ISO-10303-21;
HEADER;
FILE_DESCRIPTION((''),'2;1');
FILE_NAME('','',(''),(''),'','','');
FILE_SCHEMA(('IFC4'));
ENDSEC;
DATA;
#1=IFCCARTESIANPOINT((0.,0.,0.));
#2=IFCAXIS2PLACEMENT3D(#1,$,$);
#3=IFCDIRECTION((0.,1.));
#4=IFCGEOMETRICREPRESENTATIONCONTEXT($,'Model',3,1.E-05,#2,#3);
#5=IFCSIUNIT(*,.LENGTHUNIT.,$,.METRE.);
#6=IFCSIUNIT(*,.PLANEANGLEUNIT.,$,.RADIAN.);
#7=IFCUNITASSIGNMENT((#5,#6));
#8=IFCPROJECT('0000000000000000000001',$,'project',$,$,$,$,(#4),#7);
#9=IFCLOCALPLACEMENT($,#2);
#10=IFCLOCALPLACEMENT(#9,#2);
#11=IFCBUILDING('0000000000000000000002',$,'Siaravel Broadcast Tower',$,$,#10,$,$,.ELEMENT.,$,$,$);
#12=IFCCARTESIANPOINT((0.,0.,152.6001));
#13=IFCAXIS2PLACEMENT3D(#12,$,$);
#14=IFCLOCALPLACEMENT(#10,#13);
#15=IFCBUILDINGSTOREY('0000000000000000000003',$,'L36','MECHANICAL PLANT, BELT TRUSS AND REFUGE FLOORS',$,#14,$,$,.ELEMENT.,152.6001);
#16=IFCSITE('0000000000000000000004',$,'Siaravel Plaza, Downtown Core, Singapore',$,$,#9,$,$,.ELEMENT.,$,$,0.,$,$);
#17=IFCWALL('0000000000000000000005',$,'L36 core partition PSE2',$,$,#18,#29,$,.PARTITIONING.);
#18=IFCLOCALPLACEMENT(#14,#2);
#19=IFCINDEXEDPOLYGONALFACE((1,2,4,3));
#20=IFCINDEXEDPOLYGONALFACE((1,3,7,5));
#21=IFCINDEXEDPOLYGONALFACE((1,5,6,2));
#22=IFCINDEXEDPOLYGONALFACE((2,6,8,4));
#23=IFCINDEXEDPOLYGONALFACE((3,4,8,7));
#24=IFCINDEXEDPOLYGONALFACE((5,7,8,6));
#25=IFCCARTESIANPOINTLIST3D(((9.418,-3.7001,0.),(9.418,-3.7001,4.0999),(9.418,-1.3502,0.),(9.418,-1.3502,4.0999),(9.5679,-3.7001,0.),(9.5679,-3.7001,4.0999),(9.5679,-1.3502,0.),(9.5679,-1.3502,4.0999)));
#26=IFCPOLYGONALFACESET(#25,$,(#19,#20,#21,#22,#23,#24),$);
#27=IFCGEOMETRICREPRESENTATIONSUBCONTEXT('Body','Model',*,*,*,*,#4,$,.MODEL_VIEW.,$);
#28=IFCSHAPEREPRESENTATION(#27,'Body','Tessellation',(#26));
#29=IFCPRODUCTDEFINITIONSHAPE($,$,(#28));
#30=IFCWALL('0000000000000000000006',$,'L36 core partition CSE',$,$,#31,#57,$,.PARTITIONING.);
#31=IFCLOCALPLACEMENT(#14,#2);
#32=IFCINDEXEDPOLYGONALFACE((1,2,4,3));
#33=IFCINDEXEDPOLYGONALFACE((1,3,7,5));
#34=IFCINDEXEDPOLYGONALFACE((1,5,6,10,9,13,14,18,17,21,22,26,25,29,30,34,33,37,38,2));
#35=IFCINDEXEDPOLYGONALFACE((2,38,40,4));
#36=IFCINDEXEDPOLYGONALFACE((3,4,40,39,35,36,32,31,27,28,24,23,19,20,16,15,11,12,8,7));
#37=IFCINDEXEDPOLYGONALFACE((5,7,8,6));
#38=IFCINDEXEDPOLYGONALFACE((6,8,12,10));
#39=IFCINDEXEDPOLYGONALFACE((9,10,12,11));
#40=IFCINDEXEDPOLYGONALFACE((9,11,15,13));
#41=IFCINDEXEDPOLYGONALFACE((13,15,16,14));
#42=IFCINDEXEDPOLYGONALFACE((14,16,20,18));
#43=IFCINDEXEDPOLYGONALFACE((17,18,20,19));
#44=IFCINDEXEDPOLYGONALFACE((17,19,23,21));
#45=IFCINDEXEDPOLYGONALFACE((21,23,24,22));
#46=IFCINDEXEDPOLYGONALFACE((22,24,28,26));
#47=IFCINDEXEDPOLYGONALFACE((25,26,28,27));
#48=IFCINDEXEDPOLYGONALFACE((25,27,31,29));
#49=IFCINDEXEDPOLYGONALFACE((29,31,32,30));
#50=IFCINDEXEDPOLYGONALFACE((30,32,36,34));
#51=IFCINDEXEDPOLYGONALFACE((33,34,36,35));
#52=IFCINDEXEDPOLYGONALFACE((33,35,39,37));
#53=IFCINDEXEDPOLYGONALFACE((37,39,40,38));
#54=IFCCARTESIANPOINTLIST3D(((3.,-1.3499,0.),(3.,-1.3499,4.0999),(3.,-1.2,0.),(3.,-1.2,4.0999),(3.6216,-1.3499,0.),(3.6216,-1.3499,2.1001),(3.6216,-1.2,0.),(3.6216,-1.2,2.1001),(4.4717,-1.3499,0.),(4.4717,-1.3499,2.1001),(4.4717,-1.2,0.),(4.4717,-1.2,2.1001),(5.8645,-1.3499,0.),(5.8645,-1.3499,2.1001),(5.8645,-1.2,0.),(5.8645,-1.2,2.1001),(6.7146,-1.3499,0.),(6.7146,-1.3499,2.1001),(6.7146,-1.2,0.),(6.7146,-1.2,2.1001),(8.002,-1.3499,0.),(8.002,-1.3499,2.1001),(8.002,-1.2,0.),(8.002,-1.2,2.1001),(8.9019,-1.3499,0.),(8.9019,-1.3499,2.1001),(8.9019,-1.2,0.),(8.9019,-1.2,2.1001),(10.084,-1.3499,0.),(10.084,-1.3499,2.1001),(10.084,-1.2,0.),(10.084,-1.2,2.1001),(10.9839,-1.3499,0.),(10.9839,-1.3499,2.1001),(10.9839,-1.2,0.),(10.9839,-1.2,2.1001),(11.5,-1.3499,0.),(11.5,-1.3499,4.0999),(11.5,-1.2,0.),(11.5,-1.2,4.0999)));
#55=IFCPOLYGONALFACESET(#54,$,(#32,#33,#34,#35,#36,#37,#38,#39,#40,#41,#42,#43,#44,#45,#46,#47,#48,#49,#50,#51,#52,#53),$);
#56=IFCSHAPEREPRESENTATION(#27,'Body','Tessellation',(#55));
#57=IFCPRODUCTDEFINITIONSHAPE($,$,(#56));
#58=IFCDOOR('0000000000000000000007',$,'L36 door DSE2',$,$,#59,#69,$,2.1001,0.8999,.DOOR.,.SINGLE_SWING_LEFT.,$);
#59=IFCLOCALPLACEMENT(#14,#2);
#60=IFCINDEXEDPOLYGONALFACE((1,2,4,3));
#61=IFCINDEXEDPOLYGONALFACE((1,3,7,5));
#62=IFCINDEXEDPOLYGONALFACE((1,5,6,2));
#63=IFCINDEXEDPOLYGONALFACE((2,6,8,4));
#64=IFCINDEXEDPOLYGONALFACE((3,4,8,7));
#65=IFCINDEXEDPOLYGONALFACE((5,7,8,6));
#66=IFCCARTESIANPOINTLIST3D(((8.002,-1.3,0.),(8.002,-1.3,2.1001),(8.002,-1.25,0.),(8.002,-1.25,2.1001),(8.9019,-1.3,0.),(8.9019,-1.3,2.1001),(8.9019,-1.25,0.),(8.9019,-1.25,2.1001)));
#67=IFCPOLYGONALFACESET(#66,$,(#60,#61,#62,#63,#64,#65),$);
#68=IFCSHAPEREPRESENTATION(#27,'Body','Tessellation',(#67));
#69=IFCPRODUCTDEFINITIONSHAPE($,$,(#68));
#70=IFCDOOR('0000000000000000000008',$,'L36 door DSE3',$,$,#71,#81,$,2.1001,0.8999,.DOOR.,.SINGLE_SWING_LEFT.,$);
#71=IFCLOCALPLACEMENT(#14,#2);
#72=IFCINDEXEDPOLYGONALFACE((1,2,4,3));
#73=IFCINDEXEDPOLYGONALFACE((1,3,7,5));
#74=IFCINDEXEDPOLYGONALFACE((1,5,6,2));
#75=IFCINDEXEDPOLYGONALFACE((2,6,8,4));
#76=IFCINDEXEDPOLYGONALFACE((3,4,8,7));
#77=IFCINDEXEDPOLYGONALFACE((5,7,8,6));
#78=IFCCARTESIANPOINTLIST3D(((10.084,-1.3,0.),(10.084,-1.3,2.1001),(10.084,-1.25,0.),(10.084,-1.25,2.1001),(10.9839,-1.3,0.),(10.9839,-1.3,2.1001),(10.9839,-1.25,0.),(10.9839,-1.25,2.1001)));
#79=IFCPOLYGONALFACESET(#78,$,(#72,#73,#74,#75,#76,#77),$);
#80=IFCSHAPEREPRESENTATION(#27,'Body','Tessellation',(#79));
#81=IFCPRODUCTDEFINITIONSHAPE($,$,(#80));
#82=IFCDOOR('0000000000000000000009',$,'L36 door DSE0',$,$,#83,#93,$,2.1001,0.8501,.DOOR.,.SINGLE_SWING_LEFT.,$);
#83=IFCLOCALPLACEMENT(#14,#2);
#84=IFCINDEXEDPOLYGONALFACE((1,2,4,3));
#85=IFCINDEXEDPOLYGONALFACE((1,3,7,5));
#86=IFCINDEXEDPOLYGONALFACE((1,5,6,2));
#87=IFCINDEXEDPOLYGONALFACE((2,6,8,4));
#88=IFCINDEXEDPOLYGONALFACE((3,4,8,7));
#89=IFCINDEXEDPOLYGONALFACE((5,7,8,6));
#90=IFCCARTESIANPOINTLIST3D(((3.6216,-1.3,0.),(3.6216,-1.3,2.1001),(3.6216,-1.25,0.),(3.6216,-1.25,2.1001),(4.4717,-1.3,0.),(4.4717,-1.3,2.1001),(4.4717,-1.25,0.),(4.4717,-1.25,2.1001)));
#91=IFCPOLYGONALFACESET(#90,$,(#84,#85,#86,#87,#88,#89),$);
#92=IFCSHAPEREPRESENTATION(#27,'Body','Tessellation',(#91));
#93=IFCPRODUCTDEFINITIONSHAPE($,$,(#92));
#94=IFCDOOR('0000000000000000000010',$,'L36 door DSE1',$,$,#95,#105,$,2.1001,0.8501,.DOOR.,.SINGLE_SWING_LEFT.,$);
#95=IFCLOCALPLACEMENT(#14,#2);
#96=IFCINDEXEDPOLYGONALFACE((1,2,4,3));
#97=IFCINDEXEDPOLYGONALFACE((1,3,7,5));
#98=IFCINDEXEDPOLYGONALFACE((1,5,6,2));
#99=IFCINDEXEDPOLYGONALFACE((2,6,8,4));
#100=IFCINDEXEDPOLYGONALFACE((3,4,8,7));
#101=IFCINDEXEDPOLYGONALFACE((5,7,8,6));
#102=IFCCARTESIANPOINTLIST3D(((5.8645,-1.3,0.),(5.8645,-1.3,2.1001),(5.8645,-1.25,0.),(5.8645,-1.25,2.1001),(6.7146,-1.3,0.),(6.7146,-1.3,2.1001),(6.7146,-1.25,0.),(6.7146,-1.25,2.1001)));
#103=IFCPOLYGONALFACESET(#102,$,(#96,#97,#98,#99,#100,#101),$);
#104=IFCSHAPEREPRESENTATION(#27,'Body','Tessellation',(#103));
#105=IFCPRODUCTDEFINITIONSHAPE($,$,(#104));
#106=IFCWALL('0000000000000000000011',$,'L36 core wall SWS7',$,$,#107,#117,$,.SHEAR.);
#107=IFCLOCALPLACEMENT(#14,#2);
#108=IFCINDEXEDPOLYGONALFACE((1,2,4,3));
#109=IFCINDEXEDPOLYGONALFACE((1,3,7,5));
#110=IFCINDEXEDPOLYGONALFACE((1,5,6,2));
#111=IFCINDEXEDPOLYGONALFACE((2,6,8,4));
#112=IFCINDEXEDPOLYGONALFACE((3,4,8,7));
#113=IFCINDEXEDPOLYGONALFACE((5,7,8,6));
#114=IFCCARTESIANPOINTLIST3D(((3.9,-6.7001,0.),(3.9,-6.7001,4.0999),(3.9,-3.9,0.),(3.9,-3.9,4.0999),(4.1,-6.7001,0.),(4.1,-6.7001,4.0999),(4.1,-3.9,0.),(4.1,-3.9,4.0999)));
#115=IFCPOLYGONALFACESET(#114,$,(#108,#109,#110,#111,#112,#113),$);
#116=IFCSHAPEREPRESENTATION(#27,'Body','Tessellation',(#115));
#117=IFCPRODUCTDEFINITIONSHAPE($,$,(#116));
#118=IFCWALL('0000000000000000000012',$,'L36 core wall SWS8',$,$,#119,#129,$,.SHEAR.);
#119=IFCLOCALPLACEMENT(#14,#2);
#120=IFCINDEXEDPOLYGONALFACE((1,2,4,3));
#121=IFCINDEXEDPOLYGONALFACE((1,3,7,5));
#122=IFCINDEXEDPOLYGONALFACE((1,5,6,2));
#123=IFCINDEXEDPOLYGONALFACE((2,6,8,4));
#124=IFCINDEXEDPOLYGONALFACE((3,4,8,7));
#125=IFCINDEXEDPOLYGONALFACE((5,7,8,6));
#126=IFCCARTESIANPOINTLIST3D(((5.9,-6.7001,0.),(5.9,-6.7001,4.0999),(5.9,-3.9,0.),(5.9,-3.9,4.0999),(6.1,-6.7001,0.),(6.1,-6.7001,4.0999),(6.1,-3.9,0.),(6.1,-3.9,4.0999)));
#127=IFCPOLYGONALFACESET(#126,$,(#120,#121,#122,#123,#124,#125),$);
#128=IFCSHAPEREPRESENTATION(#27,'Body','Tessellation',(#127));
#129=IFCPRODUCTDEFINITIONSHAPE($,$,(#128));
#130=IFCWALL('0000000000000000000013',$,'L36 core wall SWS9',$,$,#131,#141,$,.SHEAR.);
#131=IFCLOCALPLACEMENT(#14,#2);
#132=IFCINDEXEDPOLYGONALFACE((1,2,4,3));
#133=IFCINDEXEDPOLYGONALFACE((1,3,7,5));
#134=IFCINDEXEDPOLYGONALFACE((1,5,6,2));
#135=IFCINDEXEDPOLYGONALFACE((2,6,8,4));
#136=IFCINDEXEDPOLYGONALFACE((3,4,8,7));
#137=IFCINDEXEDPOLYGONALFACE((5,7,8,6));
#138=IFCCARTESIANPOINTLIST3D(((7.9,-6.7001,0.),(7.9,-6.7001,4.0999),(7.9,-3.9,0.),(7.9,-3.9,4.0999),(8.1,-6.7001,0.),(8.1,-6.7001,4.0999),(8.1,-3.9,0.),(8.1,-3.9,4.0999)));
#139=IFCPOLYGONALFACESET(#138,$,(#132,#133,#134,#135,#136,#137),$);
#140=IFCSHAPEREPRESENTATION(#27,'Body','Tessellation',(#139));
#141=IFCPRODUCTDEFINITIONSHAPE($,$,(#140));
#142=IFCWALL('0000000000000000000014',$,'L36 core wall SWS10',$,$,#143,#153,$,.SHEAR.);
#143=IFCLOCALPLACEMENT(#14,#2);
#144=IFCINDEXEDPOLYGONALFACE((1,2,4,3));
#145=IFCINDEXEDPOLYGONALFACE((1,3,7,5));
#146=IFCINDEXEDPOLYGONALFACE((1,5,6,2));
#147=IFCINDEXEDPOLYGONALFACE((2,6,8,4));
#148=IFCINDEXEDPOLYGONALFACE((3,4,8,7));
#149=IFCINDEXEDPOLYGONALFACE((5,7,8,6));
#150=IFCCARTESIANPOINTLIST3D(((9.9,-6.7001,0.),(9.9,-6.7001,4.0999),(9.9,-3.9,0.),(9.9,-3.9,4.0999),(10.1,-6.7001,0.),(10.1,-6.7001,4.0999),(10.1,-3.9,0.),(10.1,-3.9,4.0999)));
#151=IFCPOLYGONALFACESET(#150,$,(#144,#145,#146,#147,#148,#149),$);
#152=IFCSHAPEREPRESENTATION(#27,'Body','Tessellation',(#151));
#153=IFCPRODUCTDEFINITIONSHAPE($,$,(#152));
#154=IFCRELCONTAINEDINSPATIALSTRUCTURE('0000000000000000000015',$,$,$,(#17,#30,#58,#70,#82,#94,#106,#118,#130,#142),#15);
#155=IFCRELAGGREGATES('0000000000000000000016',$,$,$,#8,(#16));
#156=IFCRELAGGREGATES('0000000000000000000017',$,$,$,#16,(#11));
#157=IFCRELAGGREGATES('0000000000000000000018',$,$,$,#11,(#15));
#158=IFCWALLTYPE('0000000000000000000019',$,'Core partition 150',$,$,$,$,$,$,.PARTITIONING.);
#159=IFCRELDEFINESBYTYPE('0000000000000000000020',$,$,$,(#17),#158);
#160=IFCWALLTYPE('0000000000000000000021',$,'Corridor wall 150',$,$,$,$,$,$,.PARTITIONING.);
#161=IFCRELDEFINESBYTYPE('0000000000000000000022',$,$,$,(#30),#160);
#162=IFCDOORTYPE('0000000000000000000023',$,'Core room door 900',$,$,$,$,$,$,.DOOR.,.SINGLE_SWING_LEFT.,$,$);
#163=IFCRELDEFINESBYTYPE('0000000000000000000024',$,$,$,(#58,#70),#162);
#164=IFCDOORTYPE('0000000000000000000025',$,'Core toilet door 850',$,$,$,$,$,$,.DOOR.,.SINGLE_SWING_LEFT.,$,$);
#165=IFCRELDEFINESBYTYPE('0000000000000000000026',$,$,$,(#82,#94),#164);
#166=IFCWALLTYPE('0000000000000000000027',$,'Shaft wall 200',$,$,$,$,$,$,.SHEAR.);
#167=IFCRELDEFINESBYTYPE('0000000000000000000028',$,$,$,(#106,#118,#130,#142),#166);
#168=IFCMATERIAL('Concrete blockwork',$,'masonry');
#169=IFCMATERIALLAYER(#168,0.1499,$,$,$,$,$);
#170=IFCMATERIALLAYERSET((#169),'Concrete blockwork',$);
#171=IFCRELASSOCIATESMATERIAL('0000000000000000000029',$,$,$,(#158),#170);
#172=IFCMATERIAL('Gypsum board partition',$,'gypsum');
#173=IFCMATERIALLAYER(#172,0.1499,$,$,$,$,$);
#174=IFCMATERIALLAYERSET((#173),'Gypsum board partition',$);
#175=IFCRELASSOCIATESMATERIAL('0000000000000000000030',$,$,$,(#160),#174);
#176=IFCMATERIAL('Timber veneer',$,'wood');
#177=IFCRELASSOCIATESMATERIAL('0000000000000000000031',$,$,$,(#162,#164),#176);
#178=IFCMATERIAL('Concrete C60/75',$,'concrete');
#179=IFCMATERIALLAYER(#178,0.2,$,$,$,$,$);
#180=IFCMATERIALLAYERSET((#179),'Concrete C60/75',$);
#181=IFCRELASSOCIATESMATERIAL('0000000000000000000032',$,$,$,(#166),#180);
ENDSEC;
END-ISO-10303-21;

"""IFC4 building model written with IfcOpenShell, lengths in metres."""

from ifc_helpers import new_model, si_unit, direction, frame, frame_2d, origin, place, context, subcontext, project, spatial, rectangle, extrude, material, layer, layer_set, type_object, element, fill, save


model = new_model("IFC4")

# Units and contexts
model_context = context("Model", 3, precision=1e-05, world=origin(), true_north=direction((0.0, 1.0)))
body_context = subcontext(model_context, "Body", "Model", "MODEL_VIEW")
ifc_project = project(units=[si_unit("LENGTHUNIT", "METRE"), si_unit("PLANEANGLEUNIT", "RADIAN")], contexts=[model_context])

# Site, building, storey
site_placement = place(None, origin())
site = spatial("IfcSite", under=ifc_project, at=site_placement, Name="Siaravel Plaza, Downtown Core, Singapore", CompositionType="ELEMENT", RefElevation=0.0)
building_placement = place(site_placement, origin())
building = spatial("IfcBuilding", under=site, at=building_placement, Name="Siaravel Broadcast Tower", CompositionType="ELEMENT")
storey_placement = place(building_placement, frame((0.0, 0.0, 152.6001)))
storey = spatial("IfcBuildingStorey", under=building, at=storey_placement, Name="L36", Description="MECHANICAL PLANT, BELT TRUSS AND REFUGE FLOORS", CompositionType="ELEMENT", Elevation=152.6001)

# Wall
ifc_material_1 = material(Name="Concrete blockwork", Category="masonry")
ifc_layer_1 = layer(ifc_material_1, 0.1499)
ifc_layer_set_1 = layer_set([ifc_layer_1], Name="Concrete blockwork")
wall_type_1 = type_object("IfcWallType", Name="Core partition 150", PredefinedType="PARTITIONING", material=ifc_layer_set_1)
for number, where, z_axis, x_axis, name in (
    (1, (9.4929, -3.7, 0.0), (0.0, 0.0, 1.0), (0.0, 1.0, 0.0), "L36 core partition PSE2"),
):
    element("IfcWall", number, at=place(storey_placement, frame(where, z_axis=z_axis, x_axis=x_axis)), inside=storey, type_object=wall_type_1, Name=name, PredefinedType="PARTITIONING", context=body_context, shape_type="SweptSolid", body=[
        extrude(rectangle(XDim=2.3499, YDim=0.1499, at=frame_2d((1.1748, 0.0))), origin(), (0.0, 0.0, 1.0), 4.0999),
    ])

# Wall, openings, doors
ifc_material_2 = material(Name="Gypsum board partition", Category="gypsum")
ifc_layer_2 = layer(ifc_material_2, 0.1499)
ifc_layer_set_2 = layer_set([ifc_layer_2], Name="Gypsum board partition")
wall_type_2 = type_object("IfcWallType", Name="Corridor wall 150", PredefinedType="PARTITIONING", material=ifc_layer_set_2)
wall_1_placement = place(storey_placement, frame((3.0, -1.2749, 0.0), z_axis=(0.0, 0.0, 1.0), x_axis=(1.0, 0.0, 0.0)))
wall_1 = element("IfcWall", 2, at=wall_1_placement, inside=storey, type_object=wall_type_2, Name="L36 core partition CSE", PredefinedType="PARTITIONING", context=body_context, shape_type="SweptSolid", body=[
    extrude(rectangle(XDim=8.5, YDim=0.1499, at=frame_2d((4.25, 0.0))), origin(), (0.0, 0.0, 1.0), 4.0999),
])
opening_1_placement = place(wall_1_placement, frame((0.6216, 0.0, 0.0)))
opening_1 = element("IfcOpeningElement", 3, at=opening_1_placement, cuts=wall_1, PredefinedType="OPENING", context=body_context, shape_type="SweptSolid", body=[
    extrude(rectangle(XDim=0.8501, YDim=2.1001, at=frame_2d((0.425, 1.05))), frame((0.0, 0.085, 0.0), z_axis=(0.0, -1.0, 0.0), x_axis=(1.0, 0.0, 0.0)), (0.0, 0.0, 1.0), 0.1699),
])
opening_2_placement = place(wall_1_placement, frame((2.8645, 0.0, 0.0)))
opening_2 = element("IfcOpeningElement", 4, at=opening_2_placement, cuts=wall_1, PredefinedType="OPENING", context=body_context, shape_type="SweptSolid", body=[
    extrude(rectangle(XDim=0.8501, YDim=2.1001, at=frame_2d((0.425, 1.05))), frame((0.0, 0.085, 0.0), z_axis=(0.0, -1.0, 0.0), x_axis=(1.0, 0.0, 0.0)), (0.0, 0.0, 1.0), 0.1699),
])
opening_3_placement = place(wall_1_placement, frame((5.002, 0.0, 0.0)))
opening_3 = element("IfcOpeningElement", 5, at=opening_3_placement, cuts=wall_1, PredefinedType="OPENING", context=body_context, shape_type="SweptSolid", body=[
    extrude(rectangle(XDim=0.8999, YDim=2.1001, at=frame_2d((0.45, 1.05))), frame((0.0, 0.085, 0.0), z_axis=(0.0, -1.0, 0.0), x_axis=(1.0, 0.0, 0.0)), (0.0, 0.0, 1.0), 0.1699),
])
opening_4_placement = place(wall_1_placement, frame((7.084, 0.0, 0.0)))
opening_4 = element("IfcOpeningElement", 6, at=opening_4_placement, cuts=wall_1, PredefinedType="OPENING", context=body_context, shape_type="SweptSolid", body=[
    extrude(rectangle(XDim=0.8999, YDim=2.1001, at=frame_2d((0.45, 1.05))), frame((0.0, 0.085, 0.0), z_axis=(0.0, -1.0, 0.0), x_axis=(1.0, 0.0, 0.0)), (0.0, 0.0, 1.0), 0.1699),
])
ifc_material_3 = material(Name="Timber veneer", Category="wood")
door_type_1 = type_object("IfcDoorType", Name="Core room door 900", OperationType="SINGLE_SWING_LEFT", PredefinedType="DOOR", material=ifc_material_3)
door_1_placement = place(opening_3_placement, origin())
door_1 = element("IfcDoor", 7, at=door_1_placement, inside=storey, type_object=door_type_1, Name="L36 door DSE2", OperationType="SINGLE_SWING_LEFT", OverallHeight=2.1001, OverallWidth=0.8999, PredefinedType="DOOR", context=body_context, shape_type="SweptSolid", body=[
    extrude(rectangle(XDim=0.8999, YDim=2.1001, at=frame_2d((0.45, 1.05))), frame((0.0, 0.0249, 0.0), z_axis=(0.0, -1.0, 0.0), x_axis=(1.0, 0.0, 0.0)), (0.0, 0.0, 1.0), 0.05),
])
fill(opening_3, door_1)
door_2_placement = place(opening_4_placement, origin())
door_2 = element("IfcDoor", 8, at=door_2_placement, inside=storey, type_object=door_type_1, Name="L36 door DSE3", OperationType="SINGLE_SWING_LEFT", OverallHeight=2.1001, OverallWidth=0.8999, PredefinedType="DOOR", context=body_context, shape_type="SweptSolid", body=[
    extrude(rectangle(XDim=0.8999, YDim=2.1001, at=frame_2d((0.45, 1.05))), frame((0.0, 0.0249, 0.0), z_axis=(0.0, -1.0, 0.0), x_axis=(1.0, 0.0, 0.0)), (0.0, 0.0, 1.0), 0.05),
])
fill(opening_4, door_2)
door_type_2 = type_object("IfcDoorType", Name="Core toilet door 850", OperationType="SINGLE_SWING_LEFT", PredefinedType="DOOR", material=ifc_material_3)
door_3_placement = place(opening_1_placement, origin())
door_3 = element("IfcDoor", 9, at=door_3_placement, inside=storey, type_object=door_type_2, Name="L36 door DSE0", OperationType="SINGLE_SWING_LEFT", OverallHeight=2.1001, OverallWidth=0.8501, PredefinedType="DOOR", context=body_context, shape_type="SweptSolid", body=[
    extrude(rectangle(XDim=0.8501, YDim=2.1001, at=frame_2d((0.425, 1.05))), frame((0.0, 0.0249, 0.0), z_axis=(0.0, -1.0, 0.0), x_axis=(1.0, 0.0, 0.0)), (0.0, 0.0, 1.0), 0.05),
])
fill(opening_1, door_3)
door_4_placement = place(opening_2_placement, origin())
door_4 = element("IfcDoor", 10, at=door_4_placement, inside=storey, type_object=door_type_2, Name="L36 door DSE1", OperationType="SINGLE_SWING_LEFT", OverallHeight=2.1001, OverallWidth=0.8501, PredefinedType="DOOR", context=body_context, shape_type="SweptSolid", body=[
    extrude(rectangle(XDim=0.8501, YDim=2.1001, at=frame_2d((0.425, 1.05))), frame((0.0, 0.0249, 0.0), z_axis=(0.0, -1.0, 0.0), x_axis=(1.0, 0.0, 0.0)), (0.0, 0.0, 1.0), 0.05),
])
fill(opening_2, door_4)

# Walls
ifc_material_4 = material(Name="Concrete C60/75", Category="concrete")
ifc_layer_3 = layer(ifc_material_4, 0.2)
ifc_layer_set_3 = layer_set([ifc_layer_3], Name="Concrete C60/75")
wall_type_3 = type_object("IfcWallType", Name="Shaft wall 200", PredefinedType="SHEAR", material=ifc_layer_set_3)
for number, where, z_axis, x_axis, name in (
    (11, (4.0, -6.7, 0.0), (0.0, 0.0, 1.0), (0.0, 1.0, 0.0), "L36 core wall SWS7"),
    (12, (6.0, -6.7, 0.0), (0.0, 0.0, 1.0), (0.0, 1.0, 0.0), "L36 core wall SWS8"),
    (13, (8.0, -6.7, 0.0), (0.0, 0.0, 1.0), (0.0, 1.0, 0.0), "L36 core wall SWS9"),
    (14, (10.0, -6.7, 0.0), (0.0, 0.0, 1.0), (0.0, 1.0, 0.0), "L36 core wall SWS10"),
):
    element("IfcWall", number, at=place(storey_placement, frame(where, z_axis=z_axis, x_axis=x_axis)), inside=storey, type_object=wall_type_3, Name=name, PredefinedType="SHEAR", context=body_context, shape_type="SweptSolid", body=[
        extrude(rectangle(XDim=2.8, YDim=0.2, at=frame_2d((1.3999, 0.0))), origin(), (0.0, 0.0, 1.0), 4.0999),
    ])

save(model, "model.ifc")
